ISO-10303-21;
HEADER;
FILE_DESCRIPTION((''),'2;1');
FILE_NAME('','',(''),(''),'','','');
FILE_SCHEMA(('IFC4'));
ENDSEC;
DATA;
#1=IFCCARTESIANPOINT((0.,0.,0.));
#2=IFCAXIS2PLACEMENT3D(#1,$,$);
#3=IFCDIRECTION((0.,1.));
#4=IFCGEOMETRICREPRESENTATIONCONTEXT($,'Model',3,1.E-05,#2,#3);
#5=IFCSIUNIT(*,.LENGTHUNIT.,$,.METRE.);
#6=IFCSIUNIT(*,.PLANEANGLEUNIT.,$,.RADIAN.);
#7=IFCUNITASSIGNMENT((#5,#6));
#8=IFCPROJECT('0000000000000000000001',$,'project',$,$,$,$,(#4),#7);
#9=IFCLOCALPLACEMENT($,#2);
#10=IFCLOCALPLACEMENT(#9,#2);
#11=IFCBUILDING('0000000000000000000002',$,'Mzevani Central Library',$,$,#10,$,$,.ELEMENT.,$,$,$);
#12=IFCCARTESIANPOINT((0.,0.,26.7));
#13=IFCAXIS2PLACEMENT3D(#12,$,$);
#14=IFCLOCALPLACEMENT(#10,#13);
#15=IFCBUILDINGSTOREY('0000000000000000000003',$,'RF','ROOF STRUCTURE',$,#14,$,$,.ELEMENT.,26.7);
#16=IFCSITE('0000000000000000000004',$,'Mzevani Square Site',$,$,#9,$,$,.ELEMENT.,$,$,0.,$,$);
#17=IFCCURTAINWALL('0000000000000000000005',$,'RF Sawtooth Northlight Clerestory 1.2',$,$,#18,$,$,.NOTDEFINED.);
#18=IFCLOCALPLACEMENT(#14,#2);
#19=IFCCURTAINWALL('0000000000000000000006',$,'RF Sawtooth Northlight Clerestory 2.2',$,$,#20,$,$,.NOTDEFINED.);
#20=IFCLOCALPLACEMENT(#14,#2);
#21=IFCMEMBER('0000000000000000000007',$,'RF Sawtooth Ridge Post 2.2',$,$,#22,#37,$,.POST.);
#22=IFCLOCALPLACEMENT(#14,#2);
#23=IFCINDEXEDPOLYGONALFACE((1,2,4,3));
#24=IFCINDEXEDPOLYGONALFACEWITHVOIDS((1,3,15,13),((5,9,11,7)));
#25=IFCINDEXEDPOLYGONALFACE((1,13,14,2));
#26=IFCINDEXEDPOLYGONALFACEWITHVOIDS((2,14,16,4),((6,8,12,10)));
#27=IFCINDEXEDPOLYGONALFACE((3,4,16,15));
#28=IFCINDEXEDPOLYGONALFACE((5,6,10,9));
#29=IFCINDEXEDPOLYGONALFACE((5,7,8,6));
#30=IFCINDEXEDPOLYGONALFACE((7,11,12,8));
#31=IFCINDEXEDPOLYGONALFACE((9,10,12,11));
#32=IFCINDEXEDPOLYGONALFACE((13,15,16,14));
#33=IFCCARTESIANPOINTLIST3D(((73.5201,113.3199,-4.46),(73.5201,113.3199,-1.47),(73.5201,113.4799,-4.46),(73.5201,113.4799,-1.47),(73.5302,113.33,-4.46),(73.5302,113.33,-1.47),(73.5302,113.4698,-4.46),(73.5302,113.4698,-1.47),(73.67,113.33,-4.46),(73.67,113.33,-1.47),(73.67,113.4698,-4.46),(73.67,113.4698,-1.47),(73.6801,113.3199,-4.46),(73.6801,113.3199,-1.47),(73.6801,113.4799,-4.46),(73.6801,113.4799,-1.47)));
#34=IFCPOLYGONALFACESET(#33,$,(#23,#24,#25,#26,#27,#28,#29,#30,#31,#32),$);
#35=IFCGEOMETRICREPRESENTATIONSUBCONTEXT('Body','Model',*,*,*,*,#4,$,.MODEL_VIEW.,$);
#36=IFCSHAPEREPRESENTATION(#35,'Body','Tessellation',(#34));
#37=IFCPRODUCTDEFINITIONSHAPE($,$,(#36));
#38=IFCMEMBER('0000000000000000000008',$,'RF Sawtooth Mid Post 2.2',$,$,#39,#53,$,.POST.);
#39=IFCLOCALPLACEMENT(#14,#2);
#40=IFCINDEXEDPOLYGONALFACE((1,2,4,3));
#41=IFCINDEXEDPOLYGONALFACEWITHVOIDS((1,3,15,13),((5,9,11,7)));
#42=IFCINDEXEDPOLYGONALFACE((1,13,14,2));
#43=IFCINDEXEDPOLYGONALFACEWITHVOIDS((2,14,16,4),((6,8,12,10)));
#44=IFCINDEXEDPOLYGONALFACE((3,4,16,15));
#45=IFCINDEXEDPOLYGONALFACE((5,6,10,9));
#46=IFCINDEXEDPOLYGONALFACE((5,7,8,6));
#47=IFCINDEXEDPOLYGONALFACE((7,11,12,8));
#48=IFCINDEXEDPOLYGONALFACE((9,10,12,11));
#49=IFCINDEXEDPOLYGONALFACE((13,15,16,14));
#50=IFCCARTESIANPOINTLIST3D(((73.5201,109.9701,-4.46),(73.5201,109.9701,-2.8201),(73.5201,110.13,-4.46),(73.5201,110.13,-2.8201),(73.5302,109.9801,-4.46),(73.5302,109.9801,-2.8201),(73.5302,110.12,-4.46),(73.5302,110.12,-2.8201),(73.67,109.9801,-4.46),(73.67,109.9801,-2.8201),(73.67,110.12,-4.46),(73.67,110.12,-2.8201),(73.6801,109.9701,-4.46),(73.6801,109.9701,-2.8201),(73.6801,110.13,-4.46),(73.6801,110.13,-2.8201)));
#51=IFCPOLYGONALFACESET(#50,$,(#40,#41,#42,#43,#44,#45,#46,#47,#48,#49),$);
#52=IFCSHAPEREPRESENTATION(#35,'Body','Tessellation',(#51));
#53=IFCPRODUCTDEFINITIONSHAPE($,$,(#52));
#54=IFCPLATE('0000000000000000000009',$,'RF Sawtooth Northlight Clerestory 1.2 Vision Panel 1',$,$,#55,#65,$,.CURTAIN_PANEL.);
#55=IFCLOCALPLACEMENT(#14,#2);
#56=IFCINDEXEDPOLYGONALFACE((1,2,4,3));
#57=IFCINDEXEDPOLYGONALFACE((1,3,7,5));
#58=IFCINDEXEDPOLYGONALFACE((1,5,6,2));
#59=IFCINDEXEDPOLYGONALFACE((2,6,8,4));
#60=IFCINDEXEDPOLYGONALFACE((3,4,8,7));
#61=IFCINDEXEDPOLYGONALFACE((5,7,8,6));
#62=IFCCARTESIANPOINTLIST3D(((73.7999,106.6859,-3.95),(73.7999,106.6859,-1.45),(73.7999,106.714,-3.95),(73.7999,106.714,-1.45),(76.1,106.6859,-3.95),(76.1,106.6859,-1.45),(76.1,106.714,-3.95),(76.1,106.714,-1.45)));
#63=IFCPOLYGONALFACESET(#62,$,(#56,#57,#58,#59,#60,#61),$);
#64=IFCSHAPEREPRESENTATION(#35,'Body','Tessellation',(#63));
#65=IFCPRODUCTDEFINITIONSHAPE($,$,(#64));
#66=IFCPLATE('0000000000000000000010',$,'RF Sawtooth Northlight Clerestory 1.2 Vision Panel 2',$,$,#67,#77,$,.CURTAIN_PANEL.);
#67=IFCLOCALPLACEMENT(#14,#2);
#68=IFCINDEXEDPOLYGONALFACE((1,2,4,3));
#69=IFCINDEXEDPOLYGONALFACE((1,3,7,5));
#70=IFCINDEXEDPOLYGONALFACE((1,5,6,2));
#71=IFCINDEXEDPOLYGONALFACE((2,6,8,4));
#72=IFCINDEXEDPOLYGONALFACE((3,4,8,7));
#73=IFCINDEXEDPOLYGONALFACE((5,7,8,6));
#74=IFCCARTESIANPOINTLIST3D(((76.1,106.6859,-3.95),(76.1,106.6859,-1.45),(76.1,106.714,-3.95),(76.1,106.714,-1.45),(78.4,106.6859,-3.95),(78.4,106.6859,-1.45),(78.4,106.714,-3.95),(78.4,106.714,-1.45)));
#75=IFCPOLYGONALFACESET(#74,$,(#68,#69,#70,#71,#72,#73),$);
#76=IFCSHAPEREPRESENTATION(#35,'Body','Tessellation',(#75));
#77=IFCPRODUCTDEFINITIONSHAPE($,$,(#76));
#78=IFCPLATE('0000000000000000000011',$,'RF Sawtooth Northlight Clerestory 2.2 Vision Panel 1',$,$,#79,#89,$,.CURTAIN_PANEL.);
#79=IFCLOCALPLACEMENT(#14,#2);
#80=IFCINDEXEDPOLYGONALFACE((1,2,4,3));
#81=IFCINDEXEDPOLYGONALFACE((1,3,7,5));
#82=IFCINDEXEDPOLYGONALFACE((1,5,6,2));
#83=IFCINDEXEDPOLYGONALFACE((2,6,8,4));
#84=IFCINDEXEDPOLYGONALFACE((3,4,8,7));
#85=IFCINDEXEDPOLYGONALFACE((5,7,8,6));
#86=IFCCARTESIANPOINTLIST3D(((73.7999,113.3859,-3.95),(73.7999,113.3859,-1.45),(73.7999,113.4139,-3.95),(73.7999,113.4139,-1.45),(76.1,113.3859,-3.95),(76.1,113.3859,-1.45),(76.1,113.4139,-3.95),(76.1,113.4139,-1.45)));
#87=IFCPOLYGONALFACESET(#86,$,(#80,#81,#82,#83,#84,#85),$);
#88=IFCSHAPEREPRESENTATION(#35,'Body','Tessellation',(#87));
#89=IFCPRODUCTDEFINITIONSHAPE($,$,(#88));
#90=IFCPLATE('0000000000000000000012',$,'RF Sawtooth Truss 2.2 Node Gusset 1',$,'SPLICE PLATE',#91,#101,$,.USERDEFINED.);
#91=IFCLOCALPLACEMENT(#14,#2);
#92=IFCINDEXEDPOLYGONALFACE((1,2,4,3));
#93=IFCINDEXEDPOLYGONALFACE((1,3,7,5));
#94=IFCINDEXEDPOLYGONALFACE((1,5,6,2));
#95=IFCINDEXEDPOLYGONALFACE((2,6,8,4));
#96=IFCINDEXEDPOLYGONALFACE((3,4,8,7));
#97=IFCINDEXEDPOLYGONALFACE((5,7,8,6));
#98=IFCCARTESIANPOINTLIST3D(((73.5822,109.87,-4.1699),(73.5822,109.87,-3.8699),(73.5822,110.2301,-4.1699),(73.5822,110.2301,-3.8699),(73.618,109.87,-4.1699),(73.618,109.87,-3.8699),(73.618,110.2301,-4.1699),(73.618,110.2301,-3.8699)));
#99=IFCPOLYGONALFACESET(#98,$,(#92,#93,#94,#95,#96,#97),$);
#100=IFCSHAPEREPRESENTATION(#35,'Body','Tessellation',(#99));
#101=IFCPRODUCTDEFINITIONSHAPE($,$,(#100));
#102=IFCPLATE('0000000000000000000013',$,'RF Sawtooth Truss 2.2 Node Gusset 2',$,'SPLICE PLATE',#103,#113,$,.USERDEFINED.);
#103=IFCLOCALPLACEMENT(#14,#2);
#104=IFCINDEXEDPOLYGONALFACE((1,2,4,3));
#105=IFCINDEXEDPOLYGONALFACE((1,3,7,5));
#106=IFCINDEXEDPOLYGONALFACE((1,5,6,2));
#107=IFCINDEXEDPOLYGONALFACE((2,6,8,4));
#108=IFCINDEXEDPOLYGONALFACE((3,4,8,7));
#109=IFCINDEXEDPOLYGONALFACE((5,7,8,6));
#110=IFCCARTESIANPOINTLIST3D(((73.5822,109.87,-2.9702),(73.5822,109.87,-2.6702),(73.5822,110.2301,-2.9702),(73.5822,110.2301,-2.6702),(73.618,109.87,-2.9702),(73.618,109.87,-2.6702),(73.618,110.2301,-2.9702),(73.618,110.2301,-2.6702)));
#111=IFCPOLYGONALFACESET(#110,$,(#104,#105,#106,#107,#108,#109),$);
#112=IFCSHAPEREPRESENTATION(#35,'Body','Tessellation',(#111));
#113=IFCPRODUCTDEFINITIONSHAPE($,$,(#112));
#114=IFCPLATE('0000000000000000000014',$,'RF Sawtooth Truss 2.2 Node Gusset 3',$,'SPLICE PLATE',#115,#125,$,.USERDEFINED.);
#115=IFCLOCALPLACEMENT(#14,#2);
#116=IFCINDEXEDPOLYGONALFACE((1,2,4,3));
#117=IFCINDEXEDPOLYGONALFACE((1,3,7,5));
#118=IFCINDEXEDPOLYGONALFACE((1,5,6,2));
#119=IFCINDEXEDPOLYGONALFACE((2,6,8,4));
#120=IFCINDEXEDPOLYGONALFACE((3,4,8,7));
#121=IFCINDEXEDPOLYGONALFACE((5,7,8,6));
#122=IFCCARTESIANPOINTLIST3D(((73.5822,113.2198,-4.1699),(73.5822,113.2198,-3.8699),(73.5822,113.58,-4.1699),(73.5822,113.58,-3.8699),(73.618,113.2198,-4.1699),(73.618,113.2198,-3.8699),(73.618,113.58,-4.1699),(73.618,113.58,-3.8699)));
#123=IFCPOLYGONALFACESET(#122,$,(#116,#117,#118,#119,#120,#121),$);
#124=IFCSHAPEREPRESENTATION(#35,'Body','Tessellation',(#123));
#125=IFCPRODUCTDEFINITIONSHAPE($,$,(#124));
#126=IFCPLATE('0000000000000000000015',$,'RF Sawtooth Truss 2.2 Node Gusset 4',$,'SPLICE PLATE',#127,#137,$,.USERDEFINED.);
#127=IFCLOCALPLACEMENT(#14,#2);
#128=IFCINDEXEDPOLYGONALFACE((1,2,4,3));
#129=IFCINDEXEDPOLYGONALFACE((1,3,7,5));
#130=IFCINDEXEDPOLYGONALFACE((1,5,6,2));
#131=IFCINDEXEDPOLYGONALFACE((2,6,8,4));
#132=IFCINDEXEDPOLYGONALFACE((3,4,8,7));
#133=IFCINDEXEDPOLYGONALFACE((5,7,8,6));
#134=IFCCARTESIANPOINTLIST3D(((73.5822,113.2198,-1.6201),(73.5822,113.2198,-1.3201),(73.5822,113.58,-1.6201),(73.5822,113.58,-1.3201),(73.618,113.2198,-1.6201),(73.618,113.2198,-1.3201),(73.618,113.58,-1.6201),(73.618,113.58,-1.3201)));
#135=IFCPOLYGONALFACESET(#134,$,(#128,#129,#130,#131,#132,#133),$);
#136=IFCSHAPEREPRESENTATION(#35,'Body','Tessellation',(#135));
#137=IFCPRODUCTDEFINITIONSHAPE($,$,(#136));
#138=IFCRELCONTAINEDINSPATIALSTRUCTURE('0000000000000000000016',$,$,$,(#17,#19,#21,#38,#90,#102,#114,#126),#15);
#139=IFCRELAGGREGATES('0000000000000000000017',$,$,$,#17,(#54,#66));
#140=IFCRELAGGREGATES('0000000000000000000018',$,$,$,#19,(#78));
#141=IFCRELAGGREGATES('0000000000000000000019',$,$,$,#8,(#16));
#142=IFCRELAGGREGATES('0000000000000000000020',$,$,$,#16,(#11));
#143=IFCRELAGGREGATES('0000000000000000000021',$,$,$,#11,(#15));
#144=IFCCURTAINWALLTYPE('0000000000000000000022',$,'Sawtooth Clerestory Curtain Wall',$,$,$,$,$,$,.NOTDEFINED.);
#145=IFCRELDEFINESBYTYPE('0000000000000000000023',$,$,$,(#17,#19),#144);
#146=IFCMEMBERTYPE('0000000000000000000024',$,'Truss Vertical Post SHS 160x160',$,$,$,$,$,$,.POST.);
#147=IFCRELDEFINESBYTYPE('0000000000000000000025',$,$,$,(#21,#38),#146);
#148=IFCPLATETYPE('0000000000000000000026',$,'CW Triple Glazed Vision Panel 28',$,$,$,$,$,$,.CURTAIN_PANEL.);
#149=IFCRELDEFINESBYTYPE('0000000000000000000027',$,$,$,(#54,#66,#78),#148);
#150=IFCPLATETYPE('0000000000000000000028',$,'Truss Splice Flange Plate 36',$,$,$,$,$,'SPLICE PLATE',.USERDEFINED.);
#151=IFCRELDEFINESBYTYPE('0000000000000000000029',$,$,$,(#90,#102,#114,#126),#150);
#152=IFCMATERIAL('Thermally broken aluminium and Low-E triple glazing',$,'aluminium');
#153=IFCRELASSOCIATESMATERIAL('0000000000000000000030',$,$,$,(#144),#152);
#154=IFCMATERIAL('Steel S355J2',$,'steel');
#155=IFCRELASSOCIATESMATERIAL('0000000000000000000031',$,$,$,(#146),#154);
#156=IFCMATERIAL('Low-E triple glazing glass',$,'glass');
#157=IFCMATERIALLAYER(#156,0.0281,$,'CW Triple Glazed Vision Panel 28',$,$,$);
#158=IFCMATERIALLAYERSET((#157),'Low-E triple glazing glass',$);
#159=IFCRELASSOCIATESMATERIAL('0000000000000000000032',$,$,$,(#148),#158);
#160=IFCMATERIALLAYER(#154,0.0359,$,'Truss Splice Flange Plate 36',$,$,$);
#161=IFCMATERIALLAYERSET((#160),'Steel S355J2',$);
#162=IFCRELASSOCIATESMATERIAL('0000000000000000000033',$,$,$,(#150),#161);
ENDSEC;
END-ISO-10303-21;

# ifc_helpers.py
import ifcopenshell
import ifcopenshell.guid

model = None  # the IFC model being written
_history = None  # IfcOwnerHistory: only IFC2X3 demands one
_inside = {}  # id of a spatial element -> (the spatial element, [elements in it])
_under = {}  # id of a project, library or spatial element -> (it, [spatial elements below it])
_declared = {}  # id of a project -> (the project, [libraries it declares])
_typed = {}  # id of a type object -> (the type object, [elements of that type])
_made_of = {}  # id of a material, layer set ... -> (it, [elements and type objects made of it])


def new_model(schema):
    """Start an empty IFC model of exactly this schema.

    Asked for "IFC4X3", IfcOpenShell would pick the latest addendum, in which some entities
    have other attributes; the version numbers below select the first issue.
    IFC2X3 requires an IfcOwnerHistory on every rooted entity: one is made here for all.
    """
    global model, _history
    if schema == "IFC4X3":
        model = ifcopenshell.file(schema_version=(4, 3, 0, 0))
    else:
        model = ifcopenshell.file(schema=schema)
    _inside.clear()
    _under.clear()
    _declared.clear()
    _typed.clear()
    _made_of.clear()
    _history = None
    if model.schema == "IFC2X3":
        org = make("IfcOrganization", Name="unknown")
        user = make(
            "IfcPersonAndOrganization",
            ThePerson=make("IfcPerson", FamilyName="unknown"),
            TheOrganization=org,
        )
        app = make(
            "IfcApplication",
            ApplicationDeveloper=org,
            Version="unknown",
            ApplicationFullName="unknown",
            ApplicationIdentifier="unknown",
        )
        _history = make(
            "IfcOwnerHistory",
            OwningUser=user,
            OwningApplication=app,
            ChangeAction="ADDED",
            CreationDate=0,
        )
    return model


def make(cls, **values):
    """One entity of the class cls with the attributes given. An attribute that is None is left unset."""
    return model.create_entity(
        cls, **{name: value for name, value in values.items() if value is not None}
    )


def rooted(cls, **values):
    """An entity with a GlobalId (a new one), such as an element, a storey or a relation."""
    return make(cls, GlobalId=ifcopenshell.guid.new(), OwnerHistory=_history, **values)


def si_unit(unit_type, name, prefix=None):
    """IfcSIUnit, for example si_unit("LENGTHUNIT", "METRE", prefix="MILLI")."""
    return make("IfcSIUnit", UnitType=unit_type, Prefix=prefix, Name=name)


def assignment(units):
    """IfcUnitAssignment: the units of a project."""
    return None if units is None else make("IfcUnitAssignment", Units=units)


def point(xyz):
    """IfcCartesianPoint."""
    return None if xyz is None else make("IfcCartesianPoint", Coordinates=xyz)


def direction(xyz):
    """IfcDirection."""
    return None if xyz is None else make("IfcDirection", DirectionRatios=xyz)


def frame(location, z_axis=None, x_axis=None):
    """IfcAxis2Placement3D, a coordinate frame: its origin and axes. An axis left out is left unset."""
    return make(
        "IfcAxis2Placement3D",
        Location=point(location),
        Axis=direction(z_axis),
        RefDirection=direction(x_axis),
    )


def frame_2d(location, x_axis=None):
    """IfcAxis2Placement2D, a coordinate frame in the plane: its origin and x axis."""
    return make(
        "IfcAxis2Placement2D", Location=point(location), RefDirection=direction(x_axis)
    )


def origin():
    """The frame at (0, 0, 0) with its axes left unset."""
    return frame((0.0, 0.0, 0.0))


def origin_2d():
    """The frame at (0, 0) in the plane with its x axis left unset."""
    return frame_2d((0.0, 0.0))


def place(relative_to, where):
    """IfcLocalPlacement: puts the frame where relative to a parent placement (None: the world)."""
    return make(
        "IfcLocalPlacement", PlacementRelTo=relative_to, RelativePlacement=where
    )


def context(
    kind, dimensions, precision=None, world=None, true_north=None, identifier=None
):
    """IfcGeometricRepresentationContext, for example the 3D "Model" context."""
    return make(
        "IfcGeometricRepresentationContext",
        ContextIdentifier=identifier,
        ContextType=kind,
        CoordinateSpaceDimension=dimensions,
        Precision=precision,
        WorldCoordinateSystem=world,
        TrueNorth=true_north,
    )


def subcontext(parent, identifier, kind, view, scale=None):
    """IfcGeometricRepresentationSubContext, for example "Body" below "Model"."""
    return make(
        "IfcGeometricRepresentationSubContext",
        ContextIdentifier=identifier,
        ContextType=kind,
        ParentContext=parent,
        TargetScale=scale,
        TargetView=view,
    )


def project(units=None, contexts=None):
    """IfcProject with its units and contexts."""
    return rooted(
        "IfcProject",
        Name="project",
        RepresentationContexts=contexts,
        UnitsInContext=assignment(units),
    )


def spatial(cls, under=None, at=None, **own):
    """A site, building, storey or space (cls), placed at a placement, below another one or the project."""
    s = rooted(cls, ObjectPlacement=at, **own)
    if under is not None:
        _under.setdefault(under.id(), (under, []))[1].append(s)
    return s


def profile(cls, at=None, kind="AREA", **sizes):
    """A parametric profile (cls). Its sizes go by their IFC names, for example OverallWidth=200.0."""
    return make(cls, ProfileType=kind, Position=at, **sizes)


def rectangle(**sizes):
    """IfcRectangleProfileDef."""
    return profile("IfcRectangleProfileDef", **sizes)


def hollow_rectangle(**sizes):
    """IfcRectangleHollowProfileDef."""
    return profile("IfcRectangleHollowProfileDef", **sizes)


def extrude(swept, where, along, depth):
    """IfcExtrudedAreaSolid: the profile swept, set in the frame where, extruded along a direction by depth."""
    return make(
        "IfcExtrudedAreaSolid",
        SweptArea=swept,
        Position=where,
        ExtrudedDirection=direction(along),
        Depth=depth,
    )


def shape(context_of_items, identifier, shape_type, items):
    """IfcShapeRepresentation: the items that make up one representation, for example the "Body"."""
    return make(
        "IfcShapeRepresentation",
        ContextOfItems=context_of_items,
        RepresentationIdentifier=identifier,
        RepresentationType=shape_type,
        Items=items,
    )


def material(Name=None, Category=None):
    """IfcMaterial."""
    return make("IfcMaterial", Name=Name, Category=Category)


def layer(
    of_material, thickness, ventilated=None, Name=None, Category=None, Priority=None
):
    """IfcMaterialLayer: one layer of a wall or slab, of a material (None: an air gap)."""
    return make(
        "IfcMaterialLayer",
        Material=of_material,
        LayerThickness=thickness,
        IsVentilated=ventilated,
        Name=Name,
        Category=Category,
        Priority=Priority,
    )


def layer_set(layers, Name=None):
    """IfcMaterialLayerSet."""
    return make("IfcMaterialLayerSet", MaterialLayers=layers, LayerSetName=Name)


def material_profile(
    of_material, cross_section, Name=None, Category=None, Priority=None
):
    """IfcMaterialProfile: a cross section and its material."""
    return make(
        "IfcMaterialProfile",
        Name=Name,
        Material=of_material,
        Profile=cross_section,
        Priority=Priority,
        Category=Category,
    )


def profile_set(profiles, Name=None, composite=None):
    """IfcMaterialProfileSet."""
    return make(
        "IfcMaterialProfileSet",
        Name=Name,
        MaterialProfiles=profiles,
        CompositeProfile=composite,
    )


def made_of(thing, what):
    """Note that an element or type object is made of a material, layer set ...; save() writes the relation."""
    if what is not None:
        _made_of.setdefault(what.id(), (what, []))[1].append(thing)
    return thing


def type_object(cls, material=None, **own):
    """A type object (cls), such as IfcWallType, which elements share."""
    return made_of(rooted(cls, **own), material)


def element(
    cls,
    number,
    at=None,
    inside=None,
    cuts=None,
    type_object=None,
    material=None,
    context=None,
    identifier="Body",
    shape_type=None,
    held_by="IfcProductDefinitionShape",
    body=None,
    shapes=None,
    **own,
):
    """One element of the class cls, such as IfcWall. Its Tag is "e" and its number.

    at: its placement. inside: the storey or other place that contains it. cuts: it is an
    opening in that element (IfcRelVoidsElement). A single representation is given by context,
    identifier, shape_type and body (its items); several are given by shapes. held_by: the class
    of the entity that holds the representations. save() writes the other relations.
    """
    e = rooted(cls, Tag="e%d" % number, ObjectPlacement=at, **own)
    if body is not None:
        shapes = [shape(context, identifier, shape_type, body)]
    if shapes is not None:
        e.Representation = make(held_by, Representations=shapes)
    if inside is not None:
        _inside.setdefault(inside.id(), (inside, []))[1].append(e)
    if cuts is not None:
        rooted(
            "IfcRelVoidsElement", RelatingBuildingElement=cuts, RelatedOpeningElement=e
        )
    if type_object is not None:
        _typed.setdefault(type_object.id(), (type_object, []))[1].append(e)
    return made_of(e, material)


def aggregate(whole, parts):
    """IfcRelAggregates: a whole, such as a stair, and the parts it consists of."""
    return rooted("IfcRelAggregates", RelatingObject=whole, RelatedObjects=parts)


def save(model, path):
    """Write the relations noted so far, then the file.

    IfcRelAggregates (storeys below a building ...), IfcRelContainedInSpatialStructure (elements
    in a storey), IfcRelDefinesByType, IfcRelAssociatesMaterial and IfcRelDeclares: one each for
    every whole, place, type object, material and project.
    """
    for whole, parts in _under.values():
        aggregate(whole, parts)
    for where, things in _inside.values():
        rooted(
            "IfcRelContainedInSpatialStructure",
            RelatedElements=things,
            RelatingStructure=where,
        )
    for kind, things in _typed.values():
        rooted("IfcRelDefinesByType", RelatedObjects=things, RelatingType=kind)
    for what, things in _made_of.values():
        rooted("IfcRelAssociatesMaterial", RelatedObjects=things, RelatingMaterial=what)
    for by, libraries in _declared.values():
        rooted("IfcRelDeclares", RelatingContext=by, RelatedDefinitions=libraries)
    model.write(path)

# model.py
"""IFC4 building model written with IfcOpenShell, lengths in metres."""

from ifc_helpers import new_model, si_unit, direction, frame, origin, origin_2d, place, context, subcontext, project, spatial, rectangle, hollow_rectangle, extrude, material, layer, layer_set, material_profile, profile_set, type_object, element, aggregate, save


model = new_model("IFC4")

# Units and contexts
model_context = context("Model", 3, precision=1e-05, world=origin(), true_north=direction((0.0, 1.0)))
body_context = subcontext(model_context, "Body", "Model", "MODEL_VIEW")
ifc_project = project(units=[si_unit("LENGTHUNIT", "METRE"), si_unit("PLANEANGLEUNIT", "RADIAN")], contexts=[model_context])

# Site, building, storey
site_placement = place(None, origin())
site = spatial("IfcSite", under=ifc_project, at=site_placement, Name="Mzevani Square Site", CompositionType="ELEMENT", RefElevation=0.0)
building_placement = place(site_placement, origin())
building = spatial("IfcBuilding", under=site, at=building_placement, Name="Mzevani Central Library", CompositionType="ELEMENT")
storey_placement = place(building_placement, frame((0.0, 0.0, 26.7)))
storey = spatial("IfcBuildingStorey", under=building, at=storey_placement, Name="RF", Description="ROOF STRUCTURE", CompositionType="ELEMENT", Elevation=26.7)

# Curtain walls
ifc_material_1 = material(Name="Thermally broken aluminium and Low-E triple glazing", Category="aluminium")
curtain_wall_type = type_object("IfcCurtainWallType", Name="Sawtooth Clerestory Curtain Wall", PredefinedType="NOTDEFINED", material=ifc_material_1)
curtain_wall_1_placement = place(storey_placement, origin())
curtain_wall_1 = element("IfcCurtainWall", 1, at=curtain_wall_1_placement, inside=storey, type_object=curtain_wall_type, Name="RF Sawtooth Northlight Clerestory 1.2", PredefinedType="NOTDEFINED")
curtain_wall_2_placement = place(storey_placement, origin())
curtain_wall_2 = element("IfcCurtainWall", 2, at=curtain_wall_2_placement, inside=storey, type_object=curtain_wall_type, Name="RF Sawtooth Northlight Clerestory 2.2", PredefinedType="NOTDEFINED")

# Shared definitions
ifc_material_2 = material(Name="Steel S355J2", Category="steel")

# Members
ifc_material_profile_1 = material_profile(ifc_material_2, hollow_rectangle(XDim=0.1599, YDim=0.1599, WallThickness=0.01, at=origin_2d()), Name="SHS 160x160x10.0")
ifc_profile_set_1 = profile_set([ifc_material_profile_1], Name="Steel S355J2")
member_type_1 = type_object("IfcMemberType", Name="Truss Vertical Post SHS 160x160", PredefinedType="POST", material=ifc_profile_set_1)
member_1_placement = place(storey_placement, frame((73.6001, 113.3999, -4.46), z_axis=(0.0, 0.0, 1.0), x_axis=(1.0, 0.0, 0.0)))
element("IfcMember", 3, at=member_1_placement, inside=storey, type_object=member_type_1, Name="RF Sawtooth Ridge Post 2.2", PredefinedType="POST", context=body_context, shape_type="SweptSolid", body=[
    extrude(hollow_rectangle(XDim=0.1599, YDim=0.1599, WallThickness=0.01, at=origin_2d()), origin(), (0.0, 0.0, 1.0), 2.99),
])
member_2_placement = place(storey_placement, frame((73.6001, 110.05, -4.46), z_axis=(0.0, 0.0, 1.0), x_axis=(1.0, 0.0, 0.0)))
element("IfcMember", 4, at=member_2_placement, inside=storey, type_object=member_type_1, Name="RF Sawtooth Mid Post 2.2", PredefinedType="POST", context=body_context, shape_type="SweptSolid", body=[
    extrude(hollow_rectangle(XDim=0.1599, YDim=0.1599, WallThickness=0.01, at=origin_2d()), origin(), (0.0, 0.0, 1.0), 1.6399),
])

# Plates
ifc_material_3 = material(Name="Low-E triple glazing glass", Category="glass")
ifc_layer_1 = layer(ifc_material_3, 0.0281, Name="CW Triple Glazed Vision Panel 28")
ifc_layer_set_1 = layer_set([ifc_layer_1], Name="Low-E triple glazing glass")
plate_type_1 = type_object("IfcPlateType", Name="CW Triple Glazed Vision Panel 28", PredefinedType="CURTAIN_PANEL", material=ifc_layer_set_1)
plate_1_placement = place(storey_placement, frame((74.95, 106.7, -3.95), z_axis=(0.0, 0.0, 1.0), x_axis=(1.0, 0.0, 0.0)))
plate_1 = element("IfcPlate", 5, at=plate_1_placement, type_object=plate_type_1, Name="RF Sawtooth Northlight Clerestory 1.2 Vision Panel 1", PredefinedType="CURTAIN_PANEL", context=body_context, shape_type="SweptSolid", body=[
    extrude(rectangle(XDim=2.3, YDim=0.0281, at=origin_2d()), origin(), (0.0, 0.0, 1.0), 2.5),
])
plate_2_placement = place(storey_placement, frame((77.25, 106.7, -3.95), z_axis=(0.0, 0.0, 1.0), x_axis=(1.0, 0.0, 0.0)))
plate_2 = element("IfcPlate", 6, at=plate_2_placement, type_object=plate_type_1, Name="RF Sawtooth Northlight Clerestory 1.2 Vision Panel 2", PredefinedType="CURTAIN_PANEL", context=body_context, shape_type="SweptSolid", body=[
    extrude(rectangle(XDim=2.3, YDim=0.0281, at=origin_2d()), origin(), (0.0, 0.0, 1.0), 2.5),
])
aggregate(curtain_wall_1, [plate_1, plate_2])
plate_3_placement = place(storey_placement, frame((74.95, 113.3999, -3.95), z_axis=(0.0, 0.0, 1.0), x_axis=(1.0, 0.0, 0.0)))
plate_3 = element("IfcPlate", 7, at=plate_3_placement, type_object=plate_type_1, Name="RF Sawtooth Northlight Clerestory 2.2 Vision Panel 1", PredefinedType="CURTAIN_PANEL", context=body_context, shape_type="SweptSolid", body=[
    extrude(rectangle(XDim=2.3, YDim=0.0281, at=origin_2d()), origin(), (0.0, 0.0, 1.0), 2.5),
])
aggregate(curtain_wall_2, [plate_3])

# Plates
ifc_layer_2 = layer(ifc_material_2, 0.0359, Name="Truss Splice Flange Plate 36")
ifc_layer_set_2 = layer_set([ifc_layer_2], Name="Steel S355J2")
plate_type_2 = type_object("IfcPlateType", Name="Truss Splice Flange Plate 36", ElementType="SPLICE PLATE", PredefinedType="USERDEFINED", material=ifc_layer_set_2)
for number, where, z_axis, x_axis, name in (
    (8, (73.6001, 110.05, -4.1699), (0.0, 0.0, 1.0), (1.0, 0.0, 0.0), "RF Sawtooth Truss 2.2 Node Gusset 1"),
    (9, (73.6001, 110.05, -2.9702), (0.0, 0.0, 1.0), (1.0, 0.0, 0.0), "RF Sawtooth Truss 2.2 Node Gusset 2"),
    (10, (73.6001, 113.3999, -4.1699), (0.0, 0.0, 1.0), (1.0, 0.0, 0.0), "RF Sawtooth Truss 2.2 Node Gusset 3"),
    (11, (73.6001, 113.3999, -1.6201), (0.0, 0.0, 1.0), (1.0, 0.0, 0.0), "RF Sawtooth Truss 2.2 Node Gusset 4"),
):
    element("IfcPlate", number, at=place(storey_placement, frame(where, z_axis=z_axis, x_axis=x_axis)), inside=storey, type_object=plate_type_2, Name=name, ObjectType="SPLICE PLATE", PredefinedType="USERDEFINED", context=body_context, shape_type="SweptSolid", body=[
        extrude(rectangle(XDim=0.0359, YDim=0.3601, at=origin_2d()), origin(), (0.0, 0.0, 1.0), 0.3),
    ])

save(model, "model.ifc")
